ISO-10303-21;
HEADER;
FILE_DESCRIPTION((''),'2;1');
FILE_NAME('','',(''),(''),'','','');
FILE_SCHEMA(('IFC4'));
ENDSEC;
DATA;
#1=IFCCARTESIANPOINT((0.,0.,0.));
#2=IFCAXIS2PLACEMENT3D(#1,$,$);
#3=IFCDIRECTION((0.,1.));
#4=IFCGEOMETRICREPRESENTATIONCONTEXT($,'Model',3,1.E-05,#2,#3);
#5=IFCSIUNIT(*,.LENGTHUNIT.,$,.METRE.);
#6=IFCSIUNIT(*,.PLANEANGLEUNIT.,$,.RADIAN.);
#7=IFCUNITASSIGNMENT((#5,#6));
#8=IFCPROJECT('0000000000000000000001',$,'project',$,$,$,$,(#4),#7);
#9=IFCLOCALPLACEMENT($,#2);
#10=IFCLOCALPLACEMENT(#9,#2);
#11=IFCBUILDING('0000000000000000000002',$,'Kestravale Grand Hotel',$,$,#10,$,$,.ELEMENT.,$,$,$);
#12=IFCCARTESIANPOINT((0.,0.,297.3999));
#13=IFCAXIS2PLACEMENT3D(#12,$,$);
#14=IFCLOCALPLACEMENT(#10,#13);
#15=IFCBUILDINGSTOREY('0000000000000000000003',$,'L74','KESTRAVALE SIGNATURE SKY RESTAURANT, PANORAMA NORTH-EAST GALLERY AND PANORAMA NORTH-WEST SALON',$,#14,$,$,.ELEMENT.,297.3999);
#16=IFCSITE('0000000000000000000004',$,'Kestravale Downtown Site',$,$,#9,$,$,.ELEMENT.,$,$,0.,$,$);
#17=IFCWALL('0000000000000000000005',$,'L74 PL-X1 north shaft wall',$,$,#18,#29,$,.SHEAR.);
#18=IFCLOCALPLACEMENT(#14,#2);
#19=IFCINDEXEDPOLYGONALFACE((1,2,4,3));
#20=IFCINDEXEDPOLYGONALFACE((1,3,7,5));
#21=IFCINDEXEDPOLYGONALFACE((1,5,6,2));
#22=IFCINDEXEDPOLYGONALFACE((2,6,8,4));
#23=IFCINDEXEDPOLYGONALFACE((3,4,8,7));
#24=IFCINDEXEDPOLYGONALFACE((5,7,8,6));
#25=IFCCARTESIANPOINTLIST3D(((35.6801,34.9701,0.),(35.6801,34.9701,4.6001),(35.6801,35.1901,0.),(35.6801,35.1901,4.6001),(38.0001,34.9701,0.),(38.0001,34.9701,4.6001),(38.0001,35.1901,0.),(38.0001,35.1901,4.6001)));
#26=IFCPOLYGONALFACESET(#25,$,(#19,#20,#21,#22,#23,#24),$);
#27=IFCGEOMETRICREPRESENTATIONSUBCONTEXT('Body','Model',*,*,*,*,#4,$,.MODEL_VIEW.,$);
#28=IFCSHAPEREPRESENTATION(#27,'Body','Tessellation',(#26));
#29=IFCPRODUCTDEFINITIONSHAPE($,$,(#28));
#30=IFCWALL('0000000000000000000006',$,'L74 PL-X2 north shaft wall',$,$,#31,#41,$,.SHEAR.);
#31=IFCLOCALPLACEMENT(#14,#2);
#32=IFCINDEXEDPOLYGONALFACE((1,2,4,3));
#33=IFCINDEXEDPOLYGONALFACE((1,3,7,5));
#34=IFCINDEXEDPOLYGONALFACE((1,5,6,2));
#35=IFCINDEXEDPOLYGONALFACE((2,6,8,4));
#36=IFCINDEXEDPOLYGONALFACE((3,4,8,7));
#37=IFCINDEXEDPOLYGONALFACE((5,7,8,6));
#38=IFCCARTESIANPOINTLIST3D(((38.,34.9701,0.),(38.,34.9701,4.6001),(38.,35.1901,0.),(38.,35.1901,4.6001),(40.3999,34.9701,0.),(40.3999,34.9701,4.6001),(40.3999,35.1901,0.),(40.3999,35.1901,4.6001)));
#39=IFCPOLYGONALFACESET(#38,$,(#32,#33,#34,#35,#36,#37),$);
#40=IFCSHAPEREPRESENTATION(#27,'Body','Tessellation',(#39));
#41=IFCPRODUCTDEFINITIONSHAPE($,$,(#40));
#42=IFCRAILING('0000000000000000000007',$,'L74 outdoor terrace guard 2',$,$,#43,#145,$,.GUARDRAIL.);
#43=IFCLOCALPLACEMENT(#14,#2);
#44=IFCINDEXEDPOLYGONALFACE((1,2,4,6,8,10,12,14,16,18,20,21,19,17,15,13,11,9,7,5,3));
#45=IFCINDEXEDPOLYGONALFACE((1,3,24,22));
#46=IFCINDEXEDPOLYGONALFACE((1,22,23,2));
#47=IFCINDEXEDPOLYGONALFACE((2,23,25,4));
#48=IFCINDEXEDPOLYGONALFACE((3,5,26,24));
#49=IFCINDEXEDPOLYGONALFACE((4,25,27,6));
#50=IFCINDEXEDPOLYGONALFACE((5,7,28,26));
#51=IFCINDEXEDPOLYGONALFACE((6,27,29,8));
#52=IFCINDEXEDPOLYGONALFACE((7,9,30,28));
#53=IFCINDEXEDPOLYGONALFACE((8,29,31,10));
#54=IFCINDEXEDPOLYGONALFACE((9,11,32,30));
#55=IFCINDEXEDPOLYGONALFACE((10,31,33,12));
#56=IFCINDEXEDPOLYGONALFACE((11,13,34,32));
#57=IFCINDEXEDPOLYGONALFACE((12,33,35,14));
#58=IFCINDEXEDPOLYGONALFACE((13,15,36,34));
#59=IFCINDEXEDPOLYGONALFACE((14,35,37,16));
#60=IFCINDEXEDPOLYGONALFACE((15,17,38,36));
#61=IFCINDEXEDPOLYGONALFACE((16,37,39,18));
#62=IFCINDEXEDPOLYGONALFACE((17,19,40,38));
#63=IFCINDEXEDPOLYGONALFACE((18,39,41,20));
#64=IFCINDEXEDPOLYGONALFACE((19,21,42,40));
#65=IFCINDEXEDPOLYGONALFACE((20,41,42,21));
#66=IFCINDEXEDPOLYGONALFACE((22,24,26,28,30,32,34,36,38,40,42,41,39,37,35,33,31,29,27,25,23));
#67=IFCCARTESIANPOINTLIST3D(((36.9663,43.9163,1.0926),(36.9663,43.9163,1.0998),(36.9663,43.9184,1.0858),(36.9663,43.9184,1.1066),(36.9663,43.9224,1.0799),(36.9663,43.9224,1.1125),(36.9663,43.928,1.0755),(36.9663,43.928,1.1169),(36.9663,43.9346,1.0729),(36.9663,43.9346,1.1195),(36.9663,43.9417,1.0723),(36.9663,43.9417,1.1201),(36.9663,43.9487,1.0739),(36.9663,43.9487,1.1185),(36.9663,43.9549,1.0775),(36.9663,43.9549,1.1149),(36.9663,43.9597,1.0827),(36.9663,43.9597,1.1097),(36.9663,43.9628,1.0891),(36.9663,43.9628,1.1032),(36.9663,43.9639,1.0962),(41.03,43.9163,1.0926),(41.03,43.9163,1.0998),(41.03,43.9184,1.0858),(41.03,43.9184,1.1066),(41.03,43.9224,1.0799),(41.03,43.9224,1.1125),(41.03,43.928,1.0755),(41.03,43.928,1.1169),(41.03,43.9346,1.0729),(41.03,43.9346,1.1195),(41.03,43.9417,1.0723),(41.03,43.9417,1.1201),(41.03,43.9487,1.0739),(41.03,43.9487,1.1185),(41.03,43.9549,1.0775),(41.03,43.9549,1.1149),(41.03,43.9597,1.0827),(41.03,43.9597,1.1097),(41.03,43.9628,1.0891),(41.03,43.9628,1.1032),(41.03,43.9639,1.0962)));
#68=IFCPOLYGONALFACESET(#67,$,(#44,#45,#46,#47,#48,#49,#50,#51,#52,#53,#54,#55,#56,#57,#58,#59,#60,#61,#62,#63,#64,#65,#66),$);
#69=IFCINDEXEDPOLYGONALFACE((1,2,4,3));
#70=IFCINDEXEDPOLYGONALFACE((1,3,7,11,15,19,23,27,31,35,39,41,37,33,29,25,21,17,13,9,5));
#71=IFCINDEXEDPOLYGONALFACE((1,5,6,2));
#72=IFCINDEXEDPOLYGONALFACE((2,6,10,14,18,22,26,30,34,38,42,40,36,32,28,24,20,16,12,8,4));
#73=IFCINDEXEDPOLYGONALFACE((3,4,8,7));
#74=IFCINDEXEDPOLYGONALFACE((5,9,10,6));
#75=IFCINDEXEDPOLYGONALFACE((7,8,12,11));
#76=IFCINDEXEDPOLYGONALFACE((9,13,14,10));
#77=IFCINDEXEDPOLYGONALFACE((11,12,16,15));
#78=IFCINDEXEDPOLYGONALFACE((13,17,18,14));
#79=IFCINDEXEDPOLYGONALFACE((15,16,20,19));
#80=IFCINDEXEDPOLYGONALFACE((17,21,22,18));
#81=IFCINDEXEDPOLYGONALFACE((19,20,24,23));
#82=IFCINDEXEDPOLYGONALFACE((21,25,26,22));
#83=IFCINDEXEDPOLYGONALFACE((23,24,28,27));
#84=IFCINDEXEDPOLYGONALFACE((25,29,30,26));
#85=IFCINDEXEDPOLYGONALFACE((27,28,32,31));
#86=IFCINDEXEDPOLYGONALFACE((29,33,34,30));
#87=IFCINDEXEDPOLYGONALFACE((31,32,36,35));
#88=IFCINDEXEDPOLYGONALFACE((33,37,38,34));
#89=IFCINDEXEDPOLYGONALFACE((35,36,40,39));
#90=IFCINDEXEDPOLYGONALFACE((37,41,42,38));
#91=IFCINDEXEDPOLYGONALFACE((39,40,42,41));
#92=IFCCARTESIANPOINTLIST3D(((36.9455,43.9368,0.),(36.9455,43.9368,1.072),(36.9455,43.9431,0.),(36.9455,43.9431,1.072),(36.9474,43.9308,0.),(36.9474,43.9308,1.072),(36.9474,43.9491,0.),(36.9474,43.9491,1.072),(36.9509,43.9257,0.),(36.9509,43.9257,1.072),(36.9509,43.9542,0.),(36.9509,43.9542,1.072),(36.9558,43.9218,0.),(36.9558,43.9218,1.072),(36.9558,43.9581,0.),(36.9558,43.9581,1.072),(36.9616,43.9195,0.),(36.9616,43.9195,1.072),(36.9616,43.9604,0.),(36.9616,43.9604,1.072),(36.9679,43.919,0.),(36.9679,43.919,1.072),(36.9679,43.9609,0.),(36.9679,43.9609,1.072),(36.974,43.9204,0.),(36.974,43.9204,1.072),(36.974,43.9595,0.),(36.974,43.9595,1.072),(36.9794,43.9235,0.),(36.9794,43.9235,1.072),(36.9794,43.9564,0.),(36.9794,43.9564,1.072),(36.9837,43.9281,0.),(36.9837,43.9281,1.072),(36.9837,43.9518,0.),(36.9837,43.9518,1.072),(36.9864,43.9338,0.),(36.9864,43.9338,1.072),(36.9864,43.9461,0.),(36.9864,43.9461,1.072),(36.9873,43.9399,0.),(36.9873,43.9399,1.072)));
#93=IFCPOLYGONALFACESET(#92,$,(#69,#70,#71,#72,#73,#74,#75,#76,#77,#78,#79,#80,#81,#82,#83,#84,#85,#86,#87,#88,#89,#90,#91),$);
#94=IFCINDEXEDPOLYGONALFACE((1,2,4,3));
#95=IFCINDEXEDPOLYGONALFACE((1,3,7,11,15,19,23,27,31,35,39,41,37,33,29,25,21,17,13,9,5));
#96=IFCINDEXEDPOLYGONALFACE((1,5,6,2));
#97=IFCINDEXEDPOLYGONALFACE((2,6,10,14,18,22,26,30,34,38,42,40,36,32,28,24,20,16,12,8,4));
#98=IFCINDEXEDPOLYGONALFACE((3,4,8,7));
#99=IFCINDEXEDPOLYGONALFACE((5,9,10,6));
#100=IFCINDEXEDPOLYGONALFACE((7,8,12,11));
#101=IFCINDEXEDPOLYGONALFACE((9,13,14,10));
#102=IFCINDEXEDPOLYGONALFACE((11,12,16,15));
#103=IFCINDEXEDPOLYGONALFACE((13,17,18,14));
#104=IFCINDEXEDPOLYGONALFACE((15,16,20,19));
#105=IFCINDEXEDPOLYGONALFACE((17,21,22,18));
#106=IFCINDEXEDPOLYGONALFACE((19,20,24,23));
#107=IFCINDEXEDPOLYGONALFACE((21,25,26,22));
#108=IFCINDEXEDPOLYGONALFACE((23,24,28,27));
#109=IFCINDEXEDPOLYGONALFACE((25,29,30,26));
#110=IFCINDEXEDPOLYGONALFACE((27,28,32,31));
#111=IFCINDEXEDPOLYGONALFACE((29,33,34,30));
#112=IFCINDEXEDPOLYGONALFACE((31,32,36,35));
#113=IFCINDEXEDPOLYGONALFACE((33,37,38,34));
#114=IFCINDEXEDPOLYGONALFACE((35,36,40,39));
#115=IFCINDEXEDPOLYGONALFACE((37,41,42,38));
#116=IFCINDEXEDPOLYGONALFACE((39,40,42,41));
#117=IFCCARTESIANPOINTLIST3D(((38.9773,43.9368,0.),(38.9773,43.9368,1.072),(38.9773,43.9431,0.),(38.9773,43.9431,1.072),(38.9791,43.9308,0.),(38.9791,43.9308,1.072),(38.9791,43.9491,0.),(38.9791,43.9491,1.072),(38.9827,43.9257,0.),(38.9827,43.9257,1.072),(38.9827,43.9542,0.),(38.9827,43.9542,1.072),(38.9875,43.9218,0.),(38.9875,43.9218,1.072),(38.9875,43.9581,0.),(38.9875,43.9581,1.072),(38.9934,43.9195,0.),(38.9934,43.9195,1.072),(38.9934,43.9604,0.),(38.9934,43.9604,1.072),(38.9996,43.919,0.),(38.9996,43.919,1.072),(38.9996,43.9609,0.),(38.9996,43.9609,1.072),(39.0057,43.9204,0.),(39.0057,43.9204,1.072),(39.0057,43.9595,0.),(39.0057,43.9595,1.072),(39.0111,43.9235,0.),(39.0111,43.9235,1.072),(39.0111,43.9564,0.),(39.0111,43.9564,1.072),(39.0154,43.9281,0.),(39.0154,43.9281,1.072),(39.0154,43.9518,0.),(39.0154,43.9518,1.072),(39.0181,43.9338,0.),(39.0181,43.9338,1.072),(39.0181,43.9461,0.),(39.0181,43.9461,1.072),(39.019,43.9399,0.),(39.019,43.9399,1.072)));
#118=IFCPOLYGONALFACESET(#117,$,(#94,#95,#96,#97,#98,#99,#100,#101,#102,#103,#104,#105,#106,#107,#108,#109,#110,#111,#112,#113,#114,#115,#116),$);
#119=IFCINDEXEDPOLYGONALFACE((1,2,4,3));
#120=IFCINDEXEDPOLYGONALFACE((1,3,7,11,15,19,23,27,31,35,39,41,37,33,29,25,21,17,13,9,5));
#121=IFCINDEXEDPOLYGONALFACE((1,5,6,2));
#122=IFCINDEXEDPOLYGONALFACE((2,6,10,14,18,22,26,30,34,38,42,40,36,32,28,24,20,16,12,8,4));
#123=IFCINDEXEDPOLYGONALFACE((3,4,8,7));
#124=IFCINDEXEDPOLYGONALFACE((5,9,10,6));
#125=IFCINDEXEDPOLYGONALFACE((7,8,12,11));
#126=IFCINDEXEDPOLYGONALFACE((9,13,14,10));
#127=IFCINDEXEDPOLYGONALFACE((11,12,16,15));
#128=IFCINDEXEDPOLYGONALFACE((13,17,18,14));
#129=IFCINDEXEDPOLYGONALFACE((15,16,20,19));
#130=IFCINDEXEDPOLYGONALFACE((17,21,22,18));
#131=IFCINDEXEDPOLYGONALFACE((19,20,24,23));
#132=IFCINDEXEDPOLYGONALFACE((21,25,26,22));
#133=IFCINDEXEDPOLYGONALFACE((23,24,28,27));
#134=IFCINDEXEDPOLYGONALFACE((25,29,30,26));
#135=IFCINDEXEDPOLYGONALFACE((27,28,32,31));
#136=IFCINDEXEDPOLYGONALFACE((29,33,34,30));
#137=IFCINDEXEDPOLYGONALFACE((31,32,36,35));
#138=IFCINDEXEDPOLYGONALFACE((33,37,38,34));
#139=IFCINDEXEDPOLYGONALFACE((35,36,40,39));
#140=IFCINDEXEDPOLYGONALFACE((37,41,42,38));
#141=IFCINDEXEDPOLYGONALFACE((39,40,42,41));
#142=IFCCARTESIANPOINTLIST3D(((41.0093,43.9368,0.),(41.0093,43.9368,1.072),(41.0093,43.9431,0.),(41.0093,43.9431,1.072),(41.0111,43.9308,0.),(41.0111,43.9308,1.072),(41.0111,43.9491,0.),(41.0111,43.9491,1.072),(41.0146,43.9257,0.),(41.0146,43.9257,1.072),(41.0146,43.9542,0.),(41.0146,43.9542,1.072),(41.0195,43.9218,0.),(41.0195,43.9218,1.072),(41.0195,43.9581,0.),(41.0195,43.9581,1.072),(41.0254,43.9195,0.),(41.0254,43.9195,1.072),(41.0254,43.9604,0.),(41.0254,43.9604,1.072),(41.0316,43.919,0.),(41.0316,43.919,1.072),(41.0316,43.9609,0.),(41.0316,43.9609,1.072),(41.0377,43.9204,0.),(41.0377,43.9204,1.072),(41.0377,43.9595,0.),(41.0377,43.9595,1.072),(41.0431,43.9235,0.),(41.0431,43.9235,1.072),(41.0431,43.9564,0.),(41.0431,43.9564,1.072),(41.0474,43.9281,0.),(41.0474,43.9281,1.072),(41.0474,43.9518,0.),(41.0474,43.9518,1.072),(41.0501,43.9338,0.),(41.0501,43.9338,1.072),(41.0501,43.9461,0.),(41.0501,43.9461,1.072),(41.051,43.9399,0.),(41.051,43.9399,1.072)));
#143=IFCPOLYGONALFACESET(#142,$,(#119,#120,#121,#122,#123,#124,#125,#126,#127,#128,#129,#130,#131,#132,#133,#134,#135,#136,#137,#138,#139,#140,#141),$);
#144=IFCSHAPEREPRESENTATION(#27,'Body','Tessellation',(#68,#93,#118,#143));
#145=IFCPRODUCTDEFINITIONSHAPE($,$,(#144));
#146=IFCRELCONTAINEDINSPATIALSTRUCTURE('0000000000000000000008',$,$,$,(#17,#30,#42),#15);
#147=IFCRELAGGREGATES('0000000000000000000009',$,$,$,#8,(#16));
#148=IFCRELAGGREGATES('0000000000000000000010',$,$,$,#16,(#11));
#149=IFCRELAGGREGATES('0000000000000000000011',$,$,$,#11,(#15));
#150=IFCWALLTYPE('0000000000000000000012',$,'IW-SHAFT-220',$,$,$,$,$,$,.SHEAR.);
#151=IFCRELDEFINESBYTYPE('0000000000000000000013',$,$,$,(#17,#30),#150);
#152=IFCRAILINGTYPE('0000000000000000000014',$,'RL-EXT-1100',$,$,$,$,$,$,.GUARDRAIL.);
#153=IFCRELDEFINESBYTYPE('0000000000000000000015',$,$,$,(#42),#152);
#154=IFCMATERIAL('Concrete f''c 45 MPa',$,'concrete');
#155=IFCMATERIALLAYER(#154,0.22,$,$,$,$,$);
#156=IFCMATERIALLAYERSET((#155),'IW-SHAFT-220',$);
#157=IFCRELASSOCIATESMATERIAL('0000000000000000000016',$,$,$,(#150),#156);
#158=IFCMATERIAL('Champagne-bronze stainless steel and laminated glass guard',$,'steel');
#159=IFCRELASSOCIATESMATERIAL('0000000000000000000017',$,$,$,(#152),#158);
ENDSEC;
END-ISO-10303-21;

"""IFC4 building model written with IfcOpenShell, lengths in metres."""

from ifc_helpers import new_model, si_unit, direction, frame, frame_2d, origin, origin_2d, place, context, subcontext, project, spatial, rectangle, circle, extrude, material, layer, layer_set, type_object, element, save


model = new_model("IFC4")

# Units and contexts
model_context = context("Model", 3, precision=1e-05, world=origin(), true_north=direction((0.0, 1.0)))
body_context = subcontext(model_context, "Body", "Model", "MODEL_VIEW")
ifc_project = project(units=[si_unit("LENGTHUNIT", "METRE"), si_unit("PLANEANGLEUNIT", "RADIAN")], contexts=[model_context])

# Site, building, storey
site_placement = place(None, origin())
site = spatial("IfcSite", under=ifc_project, at=site_placement, Name="Kestravale Downtown Site", CompositionType="ELEMENT", RefElevation=0.0)
building_placement = place(site_placement, origin())
building = spatial("IfcBuilding", under=site, at=building_placement, Name="Kestravale Grand Hotel", CompositionType="ELEMENT")
storey_placement = place(building_placement, frame((0.0, 0.0, 297.3999)))
storey = spatial("IfcBuildingStorey", under=building, at=storey_placement, Name="L74", Description="KESTRAVALE SIGNATURE SKY RESTAURANT, PANORAMA NORTH-EAST GALLERY AND PANORAMA NORTH-WEST SALON", CompositionType="ELEMENT", Elevation=297.3999)

# Walls
ifc_material_1 = material(Name="Concrete f'c 45 MPa", Category="concrete")
ifc_layer_1 = layer(ifc_material_1, 0.22)
ifc_layer_set_1 = layer_set([ifc_layer_1], Name="IW-SHAFT-220")
wall_type_1 = type_object("IfcWallType", Name="IW-SHAFT-220", PredefinedType="SHEAR", material=ifc_layer_set_1)
wall_1_placement = place(storey_placement, frame((35.6799, 35.0801, 0.0), z_axis=(0.0, 0.0, 1.0), x_axis=(1.0, 0.0, 0.0)))
element("IfcWall", 1, at=wall_1_placement, inside=storey, type_object=wall_type_1, Name="L74 PL-X1 north shaft wall", PredefinedType="SHEAR", context=body_context, shape_type="SweptSolid", body=[
    extrude(rectangle(XDim=2.3201, YDim=0.22, at=frame_2d((1.1602, 0.0))), origin(), (0.0, 0.0, 1.0), 4.6001),
])
wall_2_placement = place(storey_placement, frame((38.0, 35.0801, 0.0), z_axis=(0.0, 0.0, 1.0), x_axis=(1.0, 0.0, 0.0)))
element("IfcWall", 2, at=wall_2_placement, inside=storey, type_object=wall_type_1, Name="L74 PL-X2 north shaft wall", PredefinedType="SHEAR", context=body_context, shape_type="SweptSolid", body=[
    extrude(rectangle(XDim=2.3999, YDim=0.22, at=frame_2d((1.2, 0.0))), origin(), (0.0, 0.0, 1.0), 4.6001),
])

# Railing
ifc_material_2 = material(Name="Champagne-bronze stainless steel and laminated glass guard", Category="steel")
railing_type_1 = type_object("IfcRailingType", Name="RL-EXT-1100", PredefinedType="GUARDRAIL", material=ifc_material_2)
railing_placement = place(storey_placement, frame((36.9663, 43.9399, 0.0)))
element("IfcRailing", 3, at=railing_placement, inside=storey, type_object=railing_type_1, Name="L74 outdoor terrace guard 2", PredefinedType="GUARDRAIL", context=body_context, shape_type="SweptSolid", body=[
    extrude(circle(Radius=0.0239, at=origin_2d()), frame((0.0, 0.0, 1.0962), z_axis=(1.0, 0.0, 0.0), x_axis=(0.0, 1.0, 0.0)), (0.0, 0.0, 1.0), 4.0637),
    extrude(circle(Radius=0.021, at=origin_2d()), origin(), (0.0, 0.0, 1.0), 1.072),
    extrude(circle(Radius=0.021, at=origin_2d()), frame((2.0317, 0.0, 0.0)), (0.0, 0.0, 1.0), 1.072),
    extrude(circle(Radius=0.021, at=origin_2d()), frame((4.0637, 0.0, 0.0)), (0.0, 0.0, 1.0), 1.072),
])

save(model, "model.ifc")
